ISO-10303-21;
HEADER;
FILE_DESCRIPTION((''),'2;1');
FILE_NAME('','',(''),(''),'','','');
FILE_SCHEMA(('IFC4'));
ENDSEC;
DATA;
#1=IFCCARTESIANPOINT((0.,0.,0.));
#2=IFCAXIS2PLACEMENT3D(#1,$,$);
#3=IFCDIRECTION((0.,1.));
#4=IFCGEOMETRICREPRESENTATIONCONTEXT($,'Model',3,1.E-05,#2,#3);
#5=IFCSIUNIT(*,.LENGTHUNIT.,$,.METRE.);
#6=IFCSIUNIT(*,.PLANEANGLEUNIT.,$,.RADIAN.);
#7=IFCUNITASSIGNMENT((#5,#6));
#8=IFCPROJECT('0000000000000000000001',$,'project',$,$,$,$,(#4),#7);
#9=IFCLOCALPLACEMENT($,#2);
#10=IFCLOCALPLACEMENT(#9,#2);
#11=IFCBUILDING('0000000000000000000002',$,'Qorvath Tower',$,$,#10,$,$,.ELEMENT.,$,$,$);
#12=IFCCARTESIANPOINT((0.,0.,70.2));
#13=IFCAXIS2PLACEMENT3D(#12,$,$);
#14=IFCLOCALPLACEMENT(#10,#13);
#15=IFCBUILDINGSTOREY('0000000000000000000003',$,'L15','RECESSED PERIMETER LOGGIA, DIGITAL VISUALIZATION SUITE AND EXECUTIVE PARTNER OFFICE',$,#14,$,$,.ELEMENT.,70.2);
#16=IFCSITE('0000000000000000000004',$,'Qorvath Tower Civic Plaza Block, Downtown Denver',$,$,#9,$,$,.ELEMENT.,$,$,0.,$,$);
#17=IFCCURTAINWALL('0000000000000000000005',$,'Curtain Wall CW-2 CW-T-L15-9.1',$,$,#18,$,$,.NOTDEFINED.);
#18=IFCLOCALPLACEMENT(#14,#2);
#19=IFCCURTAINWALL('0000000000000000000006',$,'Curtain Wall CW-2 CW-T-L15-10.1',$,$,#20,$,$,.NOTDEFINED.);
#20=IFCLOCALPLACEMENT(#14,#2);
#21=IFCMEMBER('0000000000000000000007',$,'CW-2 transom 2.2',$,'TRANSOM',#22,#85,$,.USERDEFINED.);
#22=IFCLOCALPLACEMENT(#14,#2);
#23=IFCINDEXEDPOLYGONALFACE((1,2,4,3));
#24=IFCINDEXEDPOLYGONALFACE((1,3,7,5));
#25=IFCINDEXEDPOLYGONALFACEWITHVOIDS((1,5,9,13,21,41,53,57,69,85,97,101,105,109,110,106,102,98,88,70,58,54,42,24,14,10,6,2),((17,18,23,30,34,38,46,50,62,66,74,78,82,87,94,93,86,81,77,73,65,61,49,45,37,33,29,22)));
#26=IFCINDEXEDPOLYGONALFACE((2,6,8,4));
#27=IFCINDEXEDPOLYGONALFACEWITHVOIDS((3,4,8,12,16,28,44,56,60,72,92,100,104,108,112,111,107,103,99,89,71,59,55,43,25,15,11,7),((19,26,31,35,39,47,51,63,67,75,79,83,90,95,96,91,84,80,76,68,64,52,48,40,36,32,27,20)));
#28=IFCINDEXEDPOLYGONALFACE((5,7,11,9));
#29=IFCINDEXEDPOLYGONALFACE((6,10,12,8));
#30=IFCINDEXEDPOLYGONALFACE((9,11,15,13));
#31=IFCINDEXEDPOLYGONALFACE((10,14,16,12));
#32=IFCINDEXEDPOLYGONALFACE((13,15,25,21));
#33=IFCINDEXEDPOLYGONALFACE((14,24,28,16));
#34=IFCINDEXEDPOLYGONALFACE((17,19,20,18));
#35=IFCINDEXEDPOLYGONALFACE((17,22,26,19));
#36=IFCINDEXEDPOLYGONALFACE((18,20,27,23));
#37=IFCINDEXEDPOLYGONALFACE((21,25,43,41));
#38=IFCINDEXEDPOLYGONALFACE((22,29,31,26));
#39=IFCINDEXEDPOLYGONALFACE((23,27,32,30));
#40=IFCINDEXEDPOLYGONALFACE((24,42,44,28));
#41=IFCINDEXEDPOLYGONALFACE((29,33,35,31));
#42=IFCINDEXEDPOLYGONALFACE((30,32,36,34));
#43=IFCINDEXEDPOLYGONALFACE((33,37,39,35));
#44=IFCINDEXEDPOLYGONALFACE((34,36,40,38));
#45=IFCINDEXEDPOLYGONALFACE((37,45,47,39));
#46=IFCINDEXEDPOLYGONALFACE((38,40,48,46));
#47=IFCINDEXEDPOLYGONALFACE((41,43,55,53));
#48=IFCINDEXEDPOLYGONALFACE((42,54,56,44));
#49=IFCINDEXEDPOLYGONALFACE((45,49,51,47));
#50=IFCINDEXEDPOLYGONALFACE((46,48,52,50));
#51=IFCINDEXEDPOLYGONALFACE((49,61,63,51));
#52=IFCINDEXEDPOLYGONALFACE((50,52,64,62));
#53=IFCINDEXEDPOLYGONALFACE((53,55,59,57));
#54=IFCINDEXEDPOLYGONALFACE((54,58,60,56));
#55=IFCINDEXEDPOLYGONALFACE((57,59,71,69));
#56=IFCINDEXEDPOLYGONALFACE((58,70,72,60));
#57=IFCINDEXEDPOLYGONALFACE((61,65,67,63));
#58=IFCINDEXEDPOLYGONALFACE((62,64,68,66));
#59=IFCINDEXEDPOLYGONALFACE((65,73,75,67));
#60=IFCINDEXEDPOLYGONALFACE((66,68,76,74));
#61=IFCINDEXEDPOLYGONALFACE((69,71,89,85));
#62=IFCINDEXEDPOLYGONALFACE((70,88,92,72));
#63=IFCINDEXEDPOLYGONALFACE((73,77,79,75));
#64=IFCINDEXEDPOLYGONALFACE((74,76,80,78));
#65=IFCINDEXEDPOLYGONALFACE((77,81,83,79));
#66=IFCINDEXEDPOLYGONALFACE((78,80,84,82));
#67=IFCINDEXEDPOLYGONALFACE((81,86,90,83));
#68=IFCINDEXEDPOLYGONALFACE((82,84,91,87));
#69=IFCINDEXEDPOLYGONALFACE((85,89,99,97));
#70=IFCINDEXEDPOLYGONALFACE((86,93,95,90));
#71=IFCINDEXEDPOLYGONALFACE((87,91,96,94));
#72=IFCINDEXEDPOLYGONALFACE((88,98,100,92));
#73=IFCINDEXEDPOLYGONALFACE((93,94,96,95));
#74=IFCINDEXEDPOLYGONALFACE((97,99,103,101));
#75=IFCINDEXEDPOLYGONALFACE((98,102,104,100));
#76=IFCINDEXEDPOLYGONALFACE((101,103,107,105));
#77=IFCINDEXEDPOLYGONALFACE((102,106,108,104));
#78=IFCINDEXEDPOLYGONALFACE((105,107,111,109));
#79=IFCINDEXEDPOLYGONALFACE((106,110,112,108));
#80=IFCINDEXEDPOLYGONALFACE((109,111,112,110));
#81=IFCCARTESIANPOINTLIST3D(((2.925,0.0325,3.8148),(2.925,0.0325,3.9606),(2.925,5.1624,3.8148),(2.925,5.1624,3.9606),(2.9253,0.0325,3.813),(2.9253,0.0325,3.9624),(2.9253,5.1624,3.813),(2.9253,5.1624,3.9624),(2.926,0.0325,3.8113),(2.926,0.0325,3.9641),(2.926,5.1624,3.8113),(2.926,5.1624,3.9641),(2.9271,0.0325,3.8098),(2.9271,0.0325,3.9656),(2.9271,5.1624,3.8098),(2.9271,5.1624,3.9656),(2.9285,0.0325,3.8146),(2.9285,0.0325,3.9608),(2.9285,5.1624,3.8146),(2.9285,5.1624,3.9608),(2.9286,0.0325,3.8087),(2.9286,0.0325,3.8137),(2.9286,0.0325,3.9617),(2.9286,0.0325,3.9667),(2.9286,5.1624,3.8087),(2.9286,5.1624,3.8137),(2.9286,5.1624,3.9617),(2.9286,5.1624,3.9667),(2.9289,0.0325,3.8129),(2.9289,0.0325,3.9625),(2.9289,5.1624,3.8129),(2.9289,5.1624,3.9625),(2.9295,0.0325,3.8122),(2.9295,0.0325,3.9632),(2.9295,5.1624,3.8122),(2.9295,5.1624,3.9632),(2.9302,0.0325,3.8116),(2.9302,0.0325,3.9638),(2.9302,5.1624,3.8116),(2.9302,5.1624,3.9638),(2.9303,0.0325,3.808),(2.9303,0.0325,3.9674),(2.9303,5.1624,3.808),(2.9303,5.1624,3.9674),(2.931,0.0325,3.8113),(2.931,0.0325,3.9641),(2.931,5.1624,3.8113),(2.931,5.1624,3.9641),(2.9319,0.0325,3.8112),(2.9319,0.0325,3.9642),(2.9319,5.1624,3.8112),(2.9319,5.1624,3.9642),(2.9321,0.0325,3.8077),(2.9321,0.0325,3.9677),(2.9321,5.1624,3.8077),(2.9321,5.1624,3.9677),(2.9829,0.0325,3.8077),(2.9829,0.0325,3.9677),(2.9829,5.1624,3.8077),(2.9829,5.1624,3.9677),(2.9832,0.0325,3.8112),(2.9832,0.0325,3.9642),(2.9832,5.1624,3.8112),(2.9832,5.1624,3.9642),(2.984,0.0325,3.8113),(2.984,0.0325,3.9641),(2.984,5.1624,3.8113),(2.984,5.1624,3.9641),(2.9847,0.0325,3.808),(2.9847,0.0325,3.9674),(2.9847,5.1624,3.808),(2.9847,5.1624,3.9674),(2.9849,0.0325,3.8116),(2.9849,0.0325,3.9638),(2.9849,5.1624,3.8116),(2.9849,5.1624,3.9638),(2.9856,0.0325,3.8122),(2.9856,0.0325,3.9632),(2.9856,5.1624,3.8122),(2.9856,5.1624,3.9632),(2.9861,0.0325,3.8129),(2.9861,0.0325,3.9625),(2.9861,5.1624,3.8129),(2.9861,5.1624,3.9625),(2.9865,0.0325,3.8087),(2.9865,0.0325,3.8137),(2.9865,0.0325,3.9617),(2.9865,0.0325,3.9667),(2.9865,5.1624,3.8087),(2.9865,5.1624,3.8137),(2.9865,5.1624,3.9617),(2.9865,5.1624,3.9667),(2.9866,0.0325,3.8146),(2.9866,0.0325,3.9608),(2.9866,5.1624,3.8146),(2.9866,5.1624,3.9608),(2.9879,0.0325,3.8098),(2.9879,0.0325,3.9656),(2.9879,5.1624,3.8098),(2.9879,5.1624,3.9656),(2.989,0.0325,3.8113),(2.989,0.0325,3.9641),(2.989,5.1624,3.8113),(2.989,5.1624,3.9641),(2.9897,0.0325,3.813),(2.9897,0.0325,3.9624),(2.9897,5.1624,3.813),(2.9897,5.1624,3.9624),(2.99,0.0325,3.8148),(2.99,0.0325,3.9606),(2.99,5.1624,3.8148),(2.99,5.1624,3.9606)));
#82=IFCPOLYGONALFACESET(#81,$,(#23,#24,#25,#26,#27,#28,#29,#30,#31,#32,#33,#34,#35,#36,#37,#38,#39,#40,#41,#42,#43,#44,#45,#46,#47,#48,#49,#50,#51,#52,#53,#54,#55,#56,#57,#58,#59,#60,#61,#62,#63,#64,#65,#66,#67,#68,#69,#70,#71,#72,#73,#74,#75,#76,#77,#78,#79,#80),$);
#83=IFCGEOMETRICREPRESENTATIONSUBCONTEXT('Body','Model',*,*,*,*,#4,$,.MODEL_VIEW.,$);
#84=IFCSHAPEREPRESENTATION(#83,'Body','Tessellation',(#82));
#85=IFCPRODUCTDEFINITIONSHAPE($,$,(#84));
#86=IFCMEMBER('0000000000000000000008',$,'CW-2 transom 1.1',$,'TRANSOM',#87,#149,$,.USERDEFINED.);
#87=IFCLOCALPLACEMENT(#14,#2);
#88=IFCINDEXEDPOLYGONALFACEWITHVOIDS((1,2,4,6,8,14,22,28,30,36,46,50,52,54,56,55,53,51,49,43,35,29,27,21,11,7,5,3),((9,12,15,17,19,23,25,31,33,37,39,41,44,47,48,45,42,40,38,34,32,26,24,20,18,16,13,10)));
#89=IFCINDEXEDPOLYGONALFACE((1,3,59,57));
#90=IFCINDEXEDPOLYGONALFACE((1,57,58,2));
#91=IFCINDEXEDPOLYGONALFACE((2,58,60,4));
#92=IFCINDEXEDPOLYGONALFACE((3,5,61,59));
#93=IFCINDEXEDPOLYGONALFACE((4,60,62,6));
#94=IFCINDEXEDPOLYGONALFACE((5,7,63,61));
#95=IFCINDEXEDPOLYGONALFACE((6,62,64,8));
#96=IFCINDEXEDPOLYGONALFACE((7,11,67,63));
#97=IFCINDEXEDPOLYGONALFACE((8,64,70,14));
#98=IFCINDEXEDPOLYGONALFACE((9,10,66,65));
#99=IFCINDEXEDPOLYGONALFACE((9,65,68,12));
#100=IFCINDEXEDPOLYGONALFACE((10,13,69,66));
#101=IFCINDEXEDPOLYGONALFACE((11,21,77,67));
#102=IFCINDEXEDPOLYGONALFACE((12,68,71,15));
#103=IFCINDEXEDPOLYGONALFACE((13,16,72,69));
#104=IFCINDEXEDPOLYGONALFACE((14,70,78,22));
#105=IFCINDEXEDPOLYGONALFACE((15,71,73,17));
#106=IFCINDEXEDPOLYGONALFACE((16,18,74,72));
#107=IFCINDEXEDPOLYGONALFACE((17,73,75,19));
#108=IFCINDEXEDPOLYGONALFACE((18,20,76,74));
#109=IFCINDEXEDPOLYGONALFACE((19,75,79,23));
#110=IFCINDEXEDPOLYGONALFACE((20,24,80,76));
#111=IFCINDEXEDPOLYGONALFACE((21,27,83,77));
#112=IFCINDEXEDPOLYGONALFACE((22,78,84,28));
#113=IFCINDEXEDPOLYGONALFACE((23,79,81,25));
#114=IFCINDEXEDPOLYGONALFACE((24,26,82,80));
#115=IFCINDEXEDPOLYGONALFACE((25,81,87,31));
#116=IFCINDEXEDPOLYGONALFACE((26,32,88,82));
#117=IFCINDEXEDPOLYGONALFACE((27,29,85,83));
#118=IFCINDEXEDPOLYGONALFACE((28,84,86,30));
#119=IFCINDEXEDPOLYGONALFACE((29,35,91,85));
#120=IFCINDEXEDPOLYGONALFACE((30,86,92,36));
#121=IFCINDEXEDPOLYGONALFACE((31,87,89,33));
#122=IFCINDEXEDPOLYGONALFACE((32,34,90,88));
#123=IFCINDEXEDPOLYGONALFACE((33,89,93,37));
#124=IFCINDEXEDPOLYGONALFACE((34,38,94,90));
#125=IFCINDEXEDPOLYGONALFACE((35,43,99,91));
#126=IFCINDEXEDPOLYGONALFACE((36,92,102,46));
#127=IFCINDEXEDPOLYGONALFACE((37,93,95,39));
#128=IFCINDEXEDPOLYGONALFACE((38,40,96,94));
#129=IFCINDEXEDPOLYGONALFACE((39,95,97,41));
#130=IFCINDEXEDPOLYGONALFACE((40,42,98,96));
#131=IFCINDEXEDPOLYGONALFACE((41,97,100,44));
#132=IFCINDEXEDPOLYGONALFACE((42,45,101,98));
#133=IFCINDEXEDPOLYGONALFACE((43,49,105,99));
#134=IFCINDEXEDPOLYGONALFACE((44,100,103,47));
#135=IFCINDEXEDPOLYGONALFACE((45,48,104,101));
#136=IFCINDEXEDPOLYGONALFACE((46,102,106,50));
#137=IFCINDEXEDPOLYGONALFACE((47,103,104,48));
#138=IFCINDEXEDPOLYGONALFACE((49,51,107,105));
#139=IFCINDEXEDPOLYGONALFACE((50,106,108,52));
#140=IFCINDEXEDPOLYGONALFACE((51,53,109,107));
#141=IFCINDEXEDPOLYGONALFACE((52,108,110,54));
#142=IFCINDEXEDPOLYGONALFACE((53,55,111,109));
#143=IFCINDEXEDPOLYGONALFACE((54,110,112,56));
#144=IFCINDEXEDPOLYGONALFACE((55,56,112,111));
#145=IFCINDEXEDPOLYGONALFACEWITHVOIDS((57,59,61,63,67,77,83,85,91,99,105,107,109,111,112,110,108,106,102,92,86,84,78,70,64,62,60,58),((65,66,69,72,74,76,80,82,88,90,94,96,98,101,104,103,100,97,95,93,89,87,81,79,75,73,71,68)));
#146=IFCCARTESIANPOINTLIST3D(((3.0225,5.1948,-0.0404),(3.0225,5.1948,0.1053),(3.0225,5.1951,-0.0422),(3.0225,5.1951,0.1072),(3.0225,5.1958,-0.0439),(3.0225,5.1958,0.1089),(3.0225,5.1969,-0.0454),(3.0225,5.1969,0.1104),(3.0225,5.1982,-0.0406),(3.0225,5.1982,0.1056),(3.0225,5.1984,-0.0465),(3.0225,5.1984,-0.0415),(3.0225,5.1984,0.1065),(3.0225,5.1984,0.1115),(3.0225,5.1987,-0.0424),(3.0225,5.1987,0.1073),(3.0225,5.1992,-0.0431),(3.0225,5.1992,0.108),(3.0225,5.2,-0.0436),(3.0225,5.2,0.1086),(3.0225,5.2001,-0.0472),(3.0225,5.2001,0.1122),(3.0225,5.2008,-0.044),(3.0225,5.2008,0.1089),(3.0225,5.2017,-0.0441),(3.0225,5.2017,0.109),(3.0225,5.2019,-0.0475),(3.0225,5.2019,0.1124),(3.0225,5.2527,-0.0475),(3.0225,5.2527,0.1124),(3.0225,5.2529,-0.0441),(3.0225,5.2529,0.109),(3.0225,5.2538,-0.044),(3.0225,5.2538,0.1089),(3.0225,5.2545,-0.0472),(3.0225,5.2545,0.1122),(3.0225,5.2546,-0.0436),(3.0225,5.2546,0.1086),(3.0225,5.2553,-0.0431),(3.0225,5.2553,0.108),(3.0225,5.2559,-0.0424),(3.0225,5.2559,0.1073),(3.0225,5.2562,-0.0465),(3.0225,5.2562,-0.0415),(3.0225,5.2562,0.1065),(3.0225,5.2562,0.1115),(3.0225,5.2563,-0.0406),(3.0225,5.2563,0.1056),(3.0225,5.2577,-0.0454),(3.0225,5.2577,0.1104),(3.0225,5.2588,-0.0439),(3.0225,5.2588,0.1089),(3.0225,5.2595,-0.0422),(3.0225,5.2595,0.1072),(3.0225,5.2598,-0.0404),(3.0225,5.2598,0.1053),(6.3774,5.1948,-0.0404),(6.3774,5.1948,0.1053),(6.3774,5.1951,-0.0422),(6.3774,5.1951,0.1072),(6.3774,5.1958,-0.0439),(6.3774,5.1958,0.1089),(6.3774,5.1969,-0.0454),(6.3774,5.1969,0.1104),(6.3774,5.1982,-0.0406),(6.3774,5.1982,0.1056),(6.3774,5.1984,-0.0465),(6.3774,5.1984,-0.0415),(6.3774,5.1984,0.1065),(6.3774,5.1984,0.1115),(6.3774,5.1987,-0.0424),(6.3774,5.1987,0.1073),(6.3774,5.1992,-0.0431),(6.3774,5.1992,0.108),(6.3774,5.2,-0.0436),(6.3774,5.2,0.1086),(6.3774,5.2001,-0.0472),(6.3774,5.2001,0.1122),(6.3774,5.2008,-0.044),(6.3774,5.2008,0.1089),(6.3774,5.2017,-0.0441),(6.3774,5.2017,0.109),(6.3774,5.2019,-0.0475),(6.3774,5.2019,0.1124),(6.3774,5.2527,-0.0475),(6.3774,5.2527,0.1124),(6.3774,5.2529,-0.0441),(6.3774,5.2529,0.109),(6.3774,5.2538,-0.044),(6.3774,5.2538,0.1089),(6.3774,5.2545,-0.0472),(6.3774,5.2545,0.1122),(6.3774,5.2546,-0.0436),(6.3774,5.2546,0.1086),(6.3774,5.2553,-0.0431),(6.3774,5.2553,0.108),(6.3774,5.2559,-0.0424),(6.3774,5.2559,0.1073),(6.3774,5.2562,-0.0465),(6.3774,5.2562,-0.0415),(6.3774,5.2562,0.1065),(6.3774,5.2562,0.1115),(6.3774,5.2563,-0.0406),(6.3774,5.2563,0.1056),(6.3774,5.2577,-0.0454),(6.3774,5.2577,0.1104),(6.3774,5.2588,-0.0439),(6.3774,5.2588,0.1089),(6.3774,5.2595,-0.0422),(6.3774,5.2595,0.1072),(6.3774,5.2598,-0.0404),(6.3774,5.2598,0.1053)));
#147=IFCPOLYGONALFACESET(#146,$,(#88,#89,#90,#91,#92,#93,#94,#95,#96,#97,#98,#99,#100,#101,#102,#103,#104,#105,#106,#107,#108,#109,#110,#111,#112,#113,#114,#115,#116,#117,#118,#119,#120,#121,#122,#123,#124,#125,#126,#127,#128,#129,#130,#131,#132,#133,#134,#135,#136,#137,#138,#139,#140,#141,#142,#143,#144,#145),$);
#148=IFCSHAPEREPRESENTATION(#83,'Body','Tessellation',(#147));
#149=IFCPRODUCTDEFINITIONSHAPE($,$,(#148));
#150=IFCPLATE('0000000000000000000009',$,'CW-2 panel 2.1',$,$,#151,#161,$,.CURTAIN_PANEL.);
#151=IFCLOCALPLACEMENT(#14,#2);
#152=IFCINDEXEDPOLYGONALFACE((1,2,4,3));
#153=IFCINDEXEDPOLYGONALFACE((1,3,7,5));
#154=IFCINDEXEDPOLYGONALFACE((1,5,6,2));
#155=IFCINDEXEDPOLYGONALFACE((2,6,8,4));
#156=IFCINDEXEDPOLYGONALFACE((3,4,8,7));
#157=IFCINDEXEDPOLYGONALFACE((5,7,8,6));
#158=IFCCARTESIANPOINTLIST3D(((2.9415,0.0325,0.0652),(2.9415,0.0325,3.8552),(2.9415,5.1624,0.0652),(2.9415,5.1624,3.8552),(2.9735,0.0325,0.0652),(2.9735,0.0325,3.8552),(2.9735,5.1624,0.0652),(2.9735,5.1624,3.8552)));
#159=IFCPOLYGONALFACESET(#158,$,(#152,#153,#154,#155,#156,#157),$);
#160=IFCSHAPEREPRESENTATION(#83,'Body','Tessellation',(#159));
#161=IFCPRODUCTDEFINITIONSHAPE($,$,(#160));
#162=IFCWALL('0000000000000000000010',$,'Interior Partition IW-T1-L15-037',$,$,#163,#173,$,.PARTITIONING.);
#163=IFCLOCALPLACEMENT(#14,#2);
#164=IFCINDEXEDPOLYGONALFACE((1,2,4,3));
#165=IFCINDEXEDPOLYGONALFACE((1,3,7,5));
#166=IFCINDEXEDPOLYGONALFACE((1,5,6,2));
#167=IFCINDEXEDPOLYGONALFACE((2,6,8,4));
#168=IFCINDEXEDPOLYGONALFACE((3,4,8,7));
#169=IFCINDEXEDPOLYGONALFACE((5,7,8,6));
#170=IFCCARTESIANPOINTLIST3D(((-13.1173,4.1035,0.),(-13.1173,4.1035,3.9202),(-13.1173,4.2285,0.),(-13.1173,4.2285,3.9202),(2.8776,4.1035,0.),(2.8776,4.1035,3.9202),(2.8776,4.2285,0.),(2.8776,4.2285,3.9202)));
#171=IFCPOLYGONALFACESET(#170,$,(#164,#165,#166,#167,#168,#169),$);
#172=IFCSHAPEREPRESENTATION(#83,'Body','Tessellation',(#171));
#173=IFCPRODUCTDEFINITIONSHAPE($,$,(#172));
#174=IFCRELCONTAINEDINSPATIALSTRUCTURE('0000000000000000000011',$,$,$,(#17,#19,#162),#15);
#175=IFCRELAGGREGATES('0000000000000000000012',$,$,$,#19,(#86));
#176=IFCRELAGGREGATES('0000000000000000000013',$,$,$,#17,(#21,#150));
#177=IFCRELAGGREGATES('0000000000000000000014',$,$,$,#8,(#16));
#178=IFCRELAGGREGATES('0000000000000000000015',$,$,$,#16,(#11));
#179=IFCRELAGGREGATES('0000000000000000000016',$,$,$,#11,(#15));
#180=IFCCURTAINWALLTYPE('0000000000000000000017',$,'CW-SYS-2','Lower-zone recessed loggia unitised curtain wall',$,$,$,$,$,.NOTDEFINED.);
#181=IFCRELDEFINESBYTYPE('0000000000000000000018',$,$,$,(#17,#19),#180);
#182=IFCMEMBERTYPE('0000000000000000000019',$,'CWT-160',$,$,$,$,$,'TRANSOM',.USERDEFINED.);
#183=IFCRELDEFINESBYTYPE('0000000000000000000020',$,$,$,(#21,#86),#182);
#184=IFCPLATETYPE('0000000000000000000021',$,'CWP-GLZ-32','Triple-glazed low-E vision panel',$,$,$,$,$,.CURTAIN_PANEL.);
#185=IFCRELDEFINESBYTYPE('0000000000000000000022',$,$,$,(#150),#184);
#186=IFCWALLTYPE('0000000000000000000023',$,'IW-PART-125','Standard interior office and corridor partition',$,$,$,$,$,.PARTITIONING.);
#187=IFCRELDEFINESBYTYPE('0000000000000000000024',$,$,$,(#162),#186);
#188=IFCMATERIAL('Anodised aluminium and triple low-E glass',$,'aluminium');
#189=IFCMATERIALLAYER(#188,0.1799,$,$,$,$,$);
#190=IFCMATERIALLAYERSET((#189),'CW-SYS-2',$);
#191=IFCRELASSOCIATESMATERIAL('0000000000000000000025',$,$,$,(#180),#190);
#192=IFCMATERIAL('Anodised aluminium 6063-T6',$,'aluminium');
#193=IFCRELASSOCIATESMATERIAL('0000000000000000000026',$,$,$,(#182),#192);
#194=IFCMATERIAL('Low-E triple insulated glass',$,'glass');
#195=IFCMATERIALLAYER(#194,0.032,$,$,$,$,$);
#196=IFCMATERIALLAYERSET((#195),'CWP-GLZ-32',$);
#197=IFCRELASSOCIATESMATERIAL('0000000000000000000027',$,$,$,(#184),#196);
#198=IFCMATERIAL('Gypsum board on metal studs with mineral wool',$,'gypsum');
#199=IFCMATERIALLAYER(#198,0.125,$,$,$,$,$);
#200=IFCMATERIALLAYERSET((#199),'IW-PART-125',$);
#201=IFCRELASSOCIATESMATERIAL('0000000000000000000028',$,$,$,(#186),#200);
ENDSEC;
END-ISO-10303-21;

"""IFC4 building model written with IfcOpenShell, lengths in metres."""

from ifc_helpers import new_model, si_unit, direction, frame, frame_2d, origin, origin_2d, place, context, subcontext, project, spatial, rectangle, hollow_rectangle, extrude, material, layer, layer_set, material_profile, profile_set, type_object, element, aggregate, save


model = new_model("IFC4")

# Units and contexts
model_context = context("Model", 3, precision=1e-05, world=origin(), true_north=direction((0.0, 1.0)))
body_context = subcontext(model_context, "Body", "Model", "MODEL_VIEW")
ifc_project = project(units=[si_unit("LENGTHUNIT", "METRE"), si_unit("PLANEANGLEUNIT", "RADIAN")], contexts=[model_context])

# Site, building, storey
site_placement = place(None, origin())
site = spatial("IfcSite", under=ifc_project, at=site_placement, Name="Qorvath Tower Civic Plaza Block, Downtown Denver", CompositionType="ELEMENT", RefElevation=0.0)
building_placement = place(site_placement, origin())
building = spatial("IfcBuilding", under=site, at=building_placement, Name="Qorvath Tower", CompositionType="ELEMENT")
storey_placement = place(building_placement, frame((0.0, 0.0, 70.2)))
storey = spatial("IfcBuildingStorey", under=building, at=storey_placement, Name="L15", Description="RECESSED PERIMETER LOGGIA, DIGITAL VISUALIZATION SUITE AND EXECUTIVE PARTNER OFFICE", CompositionType="ELEMENT", Elevation=70.2)

# Curtain wall
ifc_material_1 = material(Name="Anodised aluminium and triple low-E glass", Category="aluminium")
ifc_layer_1 = layer(ifc_material_1, 0.1799)
ifc_layer_set_1 = layer_set([ifc_layer_1], Name="CW-SYS-2")
curtain_wall_type = type_object("IfcCurtainWallType", Name="CW-SYS-2", Description="Lower-zone recessed loggia unitised curtain wall", PredefinedType="NOTDEFINED", material=ifc_layer_set_1)
curtain_wall_1_placement = place(storey_placement, origin())
curtain_wall_1 = element("IfcCurtainWall", 1, at=curtain_wall_1_placement, inside=storey, type_object=curtain_wall_type, Name="Curtain Wall CW-2 CW-T-L15-9.1", PredefinedType="NOTDEFINED")

# Curtain wall
curtain_wall_2_placement = place(storey_placement, origin())
curtain_wall_2 = element("IfcCurtainWall", 2, at=curtain_wall_2_placement, inside=storey, type_object=curtain_wall_type, Name="Curtain Wall CW-2 CW-T-L15-10.1", PredefinedType="NOTDEFINED")

# Members
ifc_material_2 = material(Name="Anodised aluminium 6063-T6", Category="aluminium")
ifc_material_profile_1 = material_profile(ifc_material_2, hollow_rectangle(XDim=0.0649, YDim=0.1599, WallThickness=0.0034, InnerFilletRadius=0.0034, OuterFilletRadius=0.0071, at=origin_2d()), Name="CWT 160x65")
ifc_profile_set_1 = profile_set([ifc_material_profile_1], Name="Anodised aluminium 6063-T6")
member_type_1 = type_object("IfcMemberType", Name="CWT-160", ElementType="TRANSOM", PredefinedType="USERDEFINED", material=ifc_profile_set_1)
member_1_placement = place(storey_placement, frame((2.9575, 0.0325, 3.8877), z_axis=(0.0, 1.0, 0.0), x_axis=(-1.0, 0.0, 0.0)))
member_1 = element("IfcMember", 3, at=member_1_placement, type_object=member_type_1, Name="CW-2 transom 2.2", ObjectType="TRANSOM", PredefinedType="USERDEFINED", context=body_context, shape_type="SweptSolid", body=[
    extrude(hollow_rectangle(XDim=0.0649, YDim=0.1599, WallThickness=0.0034, InnerFilletRadius=0.0034, OuterFilletRadius=0.0071, at=origin_2d()), origin(), (0.0, 0.0, 1.0), 5.1299),
])
member_2_placement = place(storey_placement, frame((3.0225, 5.2273, 0.0325), z_axis=(1.0, 0.0, 0.0), x_axis=(0.0, 1.0, 0.0)))
member_2 = element("IfcMember", 4, at=member_2_placement, type_object=member_type_1, Name="CW-2 transom 1.1", ObjectType="TRANSOM", PredefinedType="USERDEFINED", context=body_context, shape_type="SweptSolid", body=[
    extrude(hollow_rectangle(XDim=0.0649, YDim=0.1599, WallThickness=0.0034, InnerFilletRadius=0.0034, OuterFilletRadius=0.0071, at=origin_2d()), origin(), (0.0, 0.0, 1.0), 3.355),
])
aggregate(curtain_wall_2, [member_2])

# Plate
ifc_material_3 = material(Name="Low-E triple insulated glass", Category="glass")
ifc_layer_2 = layer(ifc_material_3, 0.032)
ifc_layer_set_2 = layer_set([ifc_layer_2], Name="CWP-GLZ-32")
plate_type = type_object("IfcPlateType", Name="CWP-GLZ-32", Description="Triple-glazed low-E vision panel", PredefinedType="CURTAIN_PANEL", material=ifc_layer_set_2)
plate_placement = place(storey_placement, frame((2.9575, 2.5974, 0.0652), z_axis=(0.0, 0.0, 1.0), x_axis=(0.0, 1.0, 0.0)))
plate = element("IfcPlate", 5, at=plate_placement, type_object=plate_type, Name="CW-2 panel 2.1", PredefinedType="CURTAIN_PANEL", context=body_context, shape_type="SweptSolid", body=[
    extrude(rectangle(XDim=5.1299, YDim=0.032, at=origin_2d()), origin(), (0.0, 0.0, 1.0), 3.79),
])
aggregate(curtain_wall_1, [member_1, plate])

# Wall
ifc_material_4 = material(Name="Gypsum board on metal studs with mineral wool", Category="gypsum")
ifc_layer_3 = layer(ifc_material_4, 0.125)
ifc_layer_set_3 = layer_set([ifc_layer_3], Name="IW-PART-125")
wall_type = type_object("IfcWallType", Name="IW-PART-125", Description="Standard interior office and corridor partition", PredefinedType="PARTITIONING", material=ifc_layer_set_3)
wall_1_placement = place(storey_placement, frame((2.8777, 4.166, 0.0), z_axis=(0.0, 0.0, 1.0), x_axis=(-1.0, 0.0, 0.0)))
element("IfcWall", 6, at=wall_1_placement, inside=storey, type_object=wall_type, Name="Interior Partition IW-T1-L15-037", PredefinedType="PARTITIONING", context=body_context, shape_type="SweptSolid", body=[
    extrude(rectangle(XDim=15.9949, YDim=0.125, at=frame_2d((7.9976, 0.0))), origin(), (0.0, 0.0, 1.0), 3.9202),
])

save(model, "model.ifc")
